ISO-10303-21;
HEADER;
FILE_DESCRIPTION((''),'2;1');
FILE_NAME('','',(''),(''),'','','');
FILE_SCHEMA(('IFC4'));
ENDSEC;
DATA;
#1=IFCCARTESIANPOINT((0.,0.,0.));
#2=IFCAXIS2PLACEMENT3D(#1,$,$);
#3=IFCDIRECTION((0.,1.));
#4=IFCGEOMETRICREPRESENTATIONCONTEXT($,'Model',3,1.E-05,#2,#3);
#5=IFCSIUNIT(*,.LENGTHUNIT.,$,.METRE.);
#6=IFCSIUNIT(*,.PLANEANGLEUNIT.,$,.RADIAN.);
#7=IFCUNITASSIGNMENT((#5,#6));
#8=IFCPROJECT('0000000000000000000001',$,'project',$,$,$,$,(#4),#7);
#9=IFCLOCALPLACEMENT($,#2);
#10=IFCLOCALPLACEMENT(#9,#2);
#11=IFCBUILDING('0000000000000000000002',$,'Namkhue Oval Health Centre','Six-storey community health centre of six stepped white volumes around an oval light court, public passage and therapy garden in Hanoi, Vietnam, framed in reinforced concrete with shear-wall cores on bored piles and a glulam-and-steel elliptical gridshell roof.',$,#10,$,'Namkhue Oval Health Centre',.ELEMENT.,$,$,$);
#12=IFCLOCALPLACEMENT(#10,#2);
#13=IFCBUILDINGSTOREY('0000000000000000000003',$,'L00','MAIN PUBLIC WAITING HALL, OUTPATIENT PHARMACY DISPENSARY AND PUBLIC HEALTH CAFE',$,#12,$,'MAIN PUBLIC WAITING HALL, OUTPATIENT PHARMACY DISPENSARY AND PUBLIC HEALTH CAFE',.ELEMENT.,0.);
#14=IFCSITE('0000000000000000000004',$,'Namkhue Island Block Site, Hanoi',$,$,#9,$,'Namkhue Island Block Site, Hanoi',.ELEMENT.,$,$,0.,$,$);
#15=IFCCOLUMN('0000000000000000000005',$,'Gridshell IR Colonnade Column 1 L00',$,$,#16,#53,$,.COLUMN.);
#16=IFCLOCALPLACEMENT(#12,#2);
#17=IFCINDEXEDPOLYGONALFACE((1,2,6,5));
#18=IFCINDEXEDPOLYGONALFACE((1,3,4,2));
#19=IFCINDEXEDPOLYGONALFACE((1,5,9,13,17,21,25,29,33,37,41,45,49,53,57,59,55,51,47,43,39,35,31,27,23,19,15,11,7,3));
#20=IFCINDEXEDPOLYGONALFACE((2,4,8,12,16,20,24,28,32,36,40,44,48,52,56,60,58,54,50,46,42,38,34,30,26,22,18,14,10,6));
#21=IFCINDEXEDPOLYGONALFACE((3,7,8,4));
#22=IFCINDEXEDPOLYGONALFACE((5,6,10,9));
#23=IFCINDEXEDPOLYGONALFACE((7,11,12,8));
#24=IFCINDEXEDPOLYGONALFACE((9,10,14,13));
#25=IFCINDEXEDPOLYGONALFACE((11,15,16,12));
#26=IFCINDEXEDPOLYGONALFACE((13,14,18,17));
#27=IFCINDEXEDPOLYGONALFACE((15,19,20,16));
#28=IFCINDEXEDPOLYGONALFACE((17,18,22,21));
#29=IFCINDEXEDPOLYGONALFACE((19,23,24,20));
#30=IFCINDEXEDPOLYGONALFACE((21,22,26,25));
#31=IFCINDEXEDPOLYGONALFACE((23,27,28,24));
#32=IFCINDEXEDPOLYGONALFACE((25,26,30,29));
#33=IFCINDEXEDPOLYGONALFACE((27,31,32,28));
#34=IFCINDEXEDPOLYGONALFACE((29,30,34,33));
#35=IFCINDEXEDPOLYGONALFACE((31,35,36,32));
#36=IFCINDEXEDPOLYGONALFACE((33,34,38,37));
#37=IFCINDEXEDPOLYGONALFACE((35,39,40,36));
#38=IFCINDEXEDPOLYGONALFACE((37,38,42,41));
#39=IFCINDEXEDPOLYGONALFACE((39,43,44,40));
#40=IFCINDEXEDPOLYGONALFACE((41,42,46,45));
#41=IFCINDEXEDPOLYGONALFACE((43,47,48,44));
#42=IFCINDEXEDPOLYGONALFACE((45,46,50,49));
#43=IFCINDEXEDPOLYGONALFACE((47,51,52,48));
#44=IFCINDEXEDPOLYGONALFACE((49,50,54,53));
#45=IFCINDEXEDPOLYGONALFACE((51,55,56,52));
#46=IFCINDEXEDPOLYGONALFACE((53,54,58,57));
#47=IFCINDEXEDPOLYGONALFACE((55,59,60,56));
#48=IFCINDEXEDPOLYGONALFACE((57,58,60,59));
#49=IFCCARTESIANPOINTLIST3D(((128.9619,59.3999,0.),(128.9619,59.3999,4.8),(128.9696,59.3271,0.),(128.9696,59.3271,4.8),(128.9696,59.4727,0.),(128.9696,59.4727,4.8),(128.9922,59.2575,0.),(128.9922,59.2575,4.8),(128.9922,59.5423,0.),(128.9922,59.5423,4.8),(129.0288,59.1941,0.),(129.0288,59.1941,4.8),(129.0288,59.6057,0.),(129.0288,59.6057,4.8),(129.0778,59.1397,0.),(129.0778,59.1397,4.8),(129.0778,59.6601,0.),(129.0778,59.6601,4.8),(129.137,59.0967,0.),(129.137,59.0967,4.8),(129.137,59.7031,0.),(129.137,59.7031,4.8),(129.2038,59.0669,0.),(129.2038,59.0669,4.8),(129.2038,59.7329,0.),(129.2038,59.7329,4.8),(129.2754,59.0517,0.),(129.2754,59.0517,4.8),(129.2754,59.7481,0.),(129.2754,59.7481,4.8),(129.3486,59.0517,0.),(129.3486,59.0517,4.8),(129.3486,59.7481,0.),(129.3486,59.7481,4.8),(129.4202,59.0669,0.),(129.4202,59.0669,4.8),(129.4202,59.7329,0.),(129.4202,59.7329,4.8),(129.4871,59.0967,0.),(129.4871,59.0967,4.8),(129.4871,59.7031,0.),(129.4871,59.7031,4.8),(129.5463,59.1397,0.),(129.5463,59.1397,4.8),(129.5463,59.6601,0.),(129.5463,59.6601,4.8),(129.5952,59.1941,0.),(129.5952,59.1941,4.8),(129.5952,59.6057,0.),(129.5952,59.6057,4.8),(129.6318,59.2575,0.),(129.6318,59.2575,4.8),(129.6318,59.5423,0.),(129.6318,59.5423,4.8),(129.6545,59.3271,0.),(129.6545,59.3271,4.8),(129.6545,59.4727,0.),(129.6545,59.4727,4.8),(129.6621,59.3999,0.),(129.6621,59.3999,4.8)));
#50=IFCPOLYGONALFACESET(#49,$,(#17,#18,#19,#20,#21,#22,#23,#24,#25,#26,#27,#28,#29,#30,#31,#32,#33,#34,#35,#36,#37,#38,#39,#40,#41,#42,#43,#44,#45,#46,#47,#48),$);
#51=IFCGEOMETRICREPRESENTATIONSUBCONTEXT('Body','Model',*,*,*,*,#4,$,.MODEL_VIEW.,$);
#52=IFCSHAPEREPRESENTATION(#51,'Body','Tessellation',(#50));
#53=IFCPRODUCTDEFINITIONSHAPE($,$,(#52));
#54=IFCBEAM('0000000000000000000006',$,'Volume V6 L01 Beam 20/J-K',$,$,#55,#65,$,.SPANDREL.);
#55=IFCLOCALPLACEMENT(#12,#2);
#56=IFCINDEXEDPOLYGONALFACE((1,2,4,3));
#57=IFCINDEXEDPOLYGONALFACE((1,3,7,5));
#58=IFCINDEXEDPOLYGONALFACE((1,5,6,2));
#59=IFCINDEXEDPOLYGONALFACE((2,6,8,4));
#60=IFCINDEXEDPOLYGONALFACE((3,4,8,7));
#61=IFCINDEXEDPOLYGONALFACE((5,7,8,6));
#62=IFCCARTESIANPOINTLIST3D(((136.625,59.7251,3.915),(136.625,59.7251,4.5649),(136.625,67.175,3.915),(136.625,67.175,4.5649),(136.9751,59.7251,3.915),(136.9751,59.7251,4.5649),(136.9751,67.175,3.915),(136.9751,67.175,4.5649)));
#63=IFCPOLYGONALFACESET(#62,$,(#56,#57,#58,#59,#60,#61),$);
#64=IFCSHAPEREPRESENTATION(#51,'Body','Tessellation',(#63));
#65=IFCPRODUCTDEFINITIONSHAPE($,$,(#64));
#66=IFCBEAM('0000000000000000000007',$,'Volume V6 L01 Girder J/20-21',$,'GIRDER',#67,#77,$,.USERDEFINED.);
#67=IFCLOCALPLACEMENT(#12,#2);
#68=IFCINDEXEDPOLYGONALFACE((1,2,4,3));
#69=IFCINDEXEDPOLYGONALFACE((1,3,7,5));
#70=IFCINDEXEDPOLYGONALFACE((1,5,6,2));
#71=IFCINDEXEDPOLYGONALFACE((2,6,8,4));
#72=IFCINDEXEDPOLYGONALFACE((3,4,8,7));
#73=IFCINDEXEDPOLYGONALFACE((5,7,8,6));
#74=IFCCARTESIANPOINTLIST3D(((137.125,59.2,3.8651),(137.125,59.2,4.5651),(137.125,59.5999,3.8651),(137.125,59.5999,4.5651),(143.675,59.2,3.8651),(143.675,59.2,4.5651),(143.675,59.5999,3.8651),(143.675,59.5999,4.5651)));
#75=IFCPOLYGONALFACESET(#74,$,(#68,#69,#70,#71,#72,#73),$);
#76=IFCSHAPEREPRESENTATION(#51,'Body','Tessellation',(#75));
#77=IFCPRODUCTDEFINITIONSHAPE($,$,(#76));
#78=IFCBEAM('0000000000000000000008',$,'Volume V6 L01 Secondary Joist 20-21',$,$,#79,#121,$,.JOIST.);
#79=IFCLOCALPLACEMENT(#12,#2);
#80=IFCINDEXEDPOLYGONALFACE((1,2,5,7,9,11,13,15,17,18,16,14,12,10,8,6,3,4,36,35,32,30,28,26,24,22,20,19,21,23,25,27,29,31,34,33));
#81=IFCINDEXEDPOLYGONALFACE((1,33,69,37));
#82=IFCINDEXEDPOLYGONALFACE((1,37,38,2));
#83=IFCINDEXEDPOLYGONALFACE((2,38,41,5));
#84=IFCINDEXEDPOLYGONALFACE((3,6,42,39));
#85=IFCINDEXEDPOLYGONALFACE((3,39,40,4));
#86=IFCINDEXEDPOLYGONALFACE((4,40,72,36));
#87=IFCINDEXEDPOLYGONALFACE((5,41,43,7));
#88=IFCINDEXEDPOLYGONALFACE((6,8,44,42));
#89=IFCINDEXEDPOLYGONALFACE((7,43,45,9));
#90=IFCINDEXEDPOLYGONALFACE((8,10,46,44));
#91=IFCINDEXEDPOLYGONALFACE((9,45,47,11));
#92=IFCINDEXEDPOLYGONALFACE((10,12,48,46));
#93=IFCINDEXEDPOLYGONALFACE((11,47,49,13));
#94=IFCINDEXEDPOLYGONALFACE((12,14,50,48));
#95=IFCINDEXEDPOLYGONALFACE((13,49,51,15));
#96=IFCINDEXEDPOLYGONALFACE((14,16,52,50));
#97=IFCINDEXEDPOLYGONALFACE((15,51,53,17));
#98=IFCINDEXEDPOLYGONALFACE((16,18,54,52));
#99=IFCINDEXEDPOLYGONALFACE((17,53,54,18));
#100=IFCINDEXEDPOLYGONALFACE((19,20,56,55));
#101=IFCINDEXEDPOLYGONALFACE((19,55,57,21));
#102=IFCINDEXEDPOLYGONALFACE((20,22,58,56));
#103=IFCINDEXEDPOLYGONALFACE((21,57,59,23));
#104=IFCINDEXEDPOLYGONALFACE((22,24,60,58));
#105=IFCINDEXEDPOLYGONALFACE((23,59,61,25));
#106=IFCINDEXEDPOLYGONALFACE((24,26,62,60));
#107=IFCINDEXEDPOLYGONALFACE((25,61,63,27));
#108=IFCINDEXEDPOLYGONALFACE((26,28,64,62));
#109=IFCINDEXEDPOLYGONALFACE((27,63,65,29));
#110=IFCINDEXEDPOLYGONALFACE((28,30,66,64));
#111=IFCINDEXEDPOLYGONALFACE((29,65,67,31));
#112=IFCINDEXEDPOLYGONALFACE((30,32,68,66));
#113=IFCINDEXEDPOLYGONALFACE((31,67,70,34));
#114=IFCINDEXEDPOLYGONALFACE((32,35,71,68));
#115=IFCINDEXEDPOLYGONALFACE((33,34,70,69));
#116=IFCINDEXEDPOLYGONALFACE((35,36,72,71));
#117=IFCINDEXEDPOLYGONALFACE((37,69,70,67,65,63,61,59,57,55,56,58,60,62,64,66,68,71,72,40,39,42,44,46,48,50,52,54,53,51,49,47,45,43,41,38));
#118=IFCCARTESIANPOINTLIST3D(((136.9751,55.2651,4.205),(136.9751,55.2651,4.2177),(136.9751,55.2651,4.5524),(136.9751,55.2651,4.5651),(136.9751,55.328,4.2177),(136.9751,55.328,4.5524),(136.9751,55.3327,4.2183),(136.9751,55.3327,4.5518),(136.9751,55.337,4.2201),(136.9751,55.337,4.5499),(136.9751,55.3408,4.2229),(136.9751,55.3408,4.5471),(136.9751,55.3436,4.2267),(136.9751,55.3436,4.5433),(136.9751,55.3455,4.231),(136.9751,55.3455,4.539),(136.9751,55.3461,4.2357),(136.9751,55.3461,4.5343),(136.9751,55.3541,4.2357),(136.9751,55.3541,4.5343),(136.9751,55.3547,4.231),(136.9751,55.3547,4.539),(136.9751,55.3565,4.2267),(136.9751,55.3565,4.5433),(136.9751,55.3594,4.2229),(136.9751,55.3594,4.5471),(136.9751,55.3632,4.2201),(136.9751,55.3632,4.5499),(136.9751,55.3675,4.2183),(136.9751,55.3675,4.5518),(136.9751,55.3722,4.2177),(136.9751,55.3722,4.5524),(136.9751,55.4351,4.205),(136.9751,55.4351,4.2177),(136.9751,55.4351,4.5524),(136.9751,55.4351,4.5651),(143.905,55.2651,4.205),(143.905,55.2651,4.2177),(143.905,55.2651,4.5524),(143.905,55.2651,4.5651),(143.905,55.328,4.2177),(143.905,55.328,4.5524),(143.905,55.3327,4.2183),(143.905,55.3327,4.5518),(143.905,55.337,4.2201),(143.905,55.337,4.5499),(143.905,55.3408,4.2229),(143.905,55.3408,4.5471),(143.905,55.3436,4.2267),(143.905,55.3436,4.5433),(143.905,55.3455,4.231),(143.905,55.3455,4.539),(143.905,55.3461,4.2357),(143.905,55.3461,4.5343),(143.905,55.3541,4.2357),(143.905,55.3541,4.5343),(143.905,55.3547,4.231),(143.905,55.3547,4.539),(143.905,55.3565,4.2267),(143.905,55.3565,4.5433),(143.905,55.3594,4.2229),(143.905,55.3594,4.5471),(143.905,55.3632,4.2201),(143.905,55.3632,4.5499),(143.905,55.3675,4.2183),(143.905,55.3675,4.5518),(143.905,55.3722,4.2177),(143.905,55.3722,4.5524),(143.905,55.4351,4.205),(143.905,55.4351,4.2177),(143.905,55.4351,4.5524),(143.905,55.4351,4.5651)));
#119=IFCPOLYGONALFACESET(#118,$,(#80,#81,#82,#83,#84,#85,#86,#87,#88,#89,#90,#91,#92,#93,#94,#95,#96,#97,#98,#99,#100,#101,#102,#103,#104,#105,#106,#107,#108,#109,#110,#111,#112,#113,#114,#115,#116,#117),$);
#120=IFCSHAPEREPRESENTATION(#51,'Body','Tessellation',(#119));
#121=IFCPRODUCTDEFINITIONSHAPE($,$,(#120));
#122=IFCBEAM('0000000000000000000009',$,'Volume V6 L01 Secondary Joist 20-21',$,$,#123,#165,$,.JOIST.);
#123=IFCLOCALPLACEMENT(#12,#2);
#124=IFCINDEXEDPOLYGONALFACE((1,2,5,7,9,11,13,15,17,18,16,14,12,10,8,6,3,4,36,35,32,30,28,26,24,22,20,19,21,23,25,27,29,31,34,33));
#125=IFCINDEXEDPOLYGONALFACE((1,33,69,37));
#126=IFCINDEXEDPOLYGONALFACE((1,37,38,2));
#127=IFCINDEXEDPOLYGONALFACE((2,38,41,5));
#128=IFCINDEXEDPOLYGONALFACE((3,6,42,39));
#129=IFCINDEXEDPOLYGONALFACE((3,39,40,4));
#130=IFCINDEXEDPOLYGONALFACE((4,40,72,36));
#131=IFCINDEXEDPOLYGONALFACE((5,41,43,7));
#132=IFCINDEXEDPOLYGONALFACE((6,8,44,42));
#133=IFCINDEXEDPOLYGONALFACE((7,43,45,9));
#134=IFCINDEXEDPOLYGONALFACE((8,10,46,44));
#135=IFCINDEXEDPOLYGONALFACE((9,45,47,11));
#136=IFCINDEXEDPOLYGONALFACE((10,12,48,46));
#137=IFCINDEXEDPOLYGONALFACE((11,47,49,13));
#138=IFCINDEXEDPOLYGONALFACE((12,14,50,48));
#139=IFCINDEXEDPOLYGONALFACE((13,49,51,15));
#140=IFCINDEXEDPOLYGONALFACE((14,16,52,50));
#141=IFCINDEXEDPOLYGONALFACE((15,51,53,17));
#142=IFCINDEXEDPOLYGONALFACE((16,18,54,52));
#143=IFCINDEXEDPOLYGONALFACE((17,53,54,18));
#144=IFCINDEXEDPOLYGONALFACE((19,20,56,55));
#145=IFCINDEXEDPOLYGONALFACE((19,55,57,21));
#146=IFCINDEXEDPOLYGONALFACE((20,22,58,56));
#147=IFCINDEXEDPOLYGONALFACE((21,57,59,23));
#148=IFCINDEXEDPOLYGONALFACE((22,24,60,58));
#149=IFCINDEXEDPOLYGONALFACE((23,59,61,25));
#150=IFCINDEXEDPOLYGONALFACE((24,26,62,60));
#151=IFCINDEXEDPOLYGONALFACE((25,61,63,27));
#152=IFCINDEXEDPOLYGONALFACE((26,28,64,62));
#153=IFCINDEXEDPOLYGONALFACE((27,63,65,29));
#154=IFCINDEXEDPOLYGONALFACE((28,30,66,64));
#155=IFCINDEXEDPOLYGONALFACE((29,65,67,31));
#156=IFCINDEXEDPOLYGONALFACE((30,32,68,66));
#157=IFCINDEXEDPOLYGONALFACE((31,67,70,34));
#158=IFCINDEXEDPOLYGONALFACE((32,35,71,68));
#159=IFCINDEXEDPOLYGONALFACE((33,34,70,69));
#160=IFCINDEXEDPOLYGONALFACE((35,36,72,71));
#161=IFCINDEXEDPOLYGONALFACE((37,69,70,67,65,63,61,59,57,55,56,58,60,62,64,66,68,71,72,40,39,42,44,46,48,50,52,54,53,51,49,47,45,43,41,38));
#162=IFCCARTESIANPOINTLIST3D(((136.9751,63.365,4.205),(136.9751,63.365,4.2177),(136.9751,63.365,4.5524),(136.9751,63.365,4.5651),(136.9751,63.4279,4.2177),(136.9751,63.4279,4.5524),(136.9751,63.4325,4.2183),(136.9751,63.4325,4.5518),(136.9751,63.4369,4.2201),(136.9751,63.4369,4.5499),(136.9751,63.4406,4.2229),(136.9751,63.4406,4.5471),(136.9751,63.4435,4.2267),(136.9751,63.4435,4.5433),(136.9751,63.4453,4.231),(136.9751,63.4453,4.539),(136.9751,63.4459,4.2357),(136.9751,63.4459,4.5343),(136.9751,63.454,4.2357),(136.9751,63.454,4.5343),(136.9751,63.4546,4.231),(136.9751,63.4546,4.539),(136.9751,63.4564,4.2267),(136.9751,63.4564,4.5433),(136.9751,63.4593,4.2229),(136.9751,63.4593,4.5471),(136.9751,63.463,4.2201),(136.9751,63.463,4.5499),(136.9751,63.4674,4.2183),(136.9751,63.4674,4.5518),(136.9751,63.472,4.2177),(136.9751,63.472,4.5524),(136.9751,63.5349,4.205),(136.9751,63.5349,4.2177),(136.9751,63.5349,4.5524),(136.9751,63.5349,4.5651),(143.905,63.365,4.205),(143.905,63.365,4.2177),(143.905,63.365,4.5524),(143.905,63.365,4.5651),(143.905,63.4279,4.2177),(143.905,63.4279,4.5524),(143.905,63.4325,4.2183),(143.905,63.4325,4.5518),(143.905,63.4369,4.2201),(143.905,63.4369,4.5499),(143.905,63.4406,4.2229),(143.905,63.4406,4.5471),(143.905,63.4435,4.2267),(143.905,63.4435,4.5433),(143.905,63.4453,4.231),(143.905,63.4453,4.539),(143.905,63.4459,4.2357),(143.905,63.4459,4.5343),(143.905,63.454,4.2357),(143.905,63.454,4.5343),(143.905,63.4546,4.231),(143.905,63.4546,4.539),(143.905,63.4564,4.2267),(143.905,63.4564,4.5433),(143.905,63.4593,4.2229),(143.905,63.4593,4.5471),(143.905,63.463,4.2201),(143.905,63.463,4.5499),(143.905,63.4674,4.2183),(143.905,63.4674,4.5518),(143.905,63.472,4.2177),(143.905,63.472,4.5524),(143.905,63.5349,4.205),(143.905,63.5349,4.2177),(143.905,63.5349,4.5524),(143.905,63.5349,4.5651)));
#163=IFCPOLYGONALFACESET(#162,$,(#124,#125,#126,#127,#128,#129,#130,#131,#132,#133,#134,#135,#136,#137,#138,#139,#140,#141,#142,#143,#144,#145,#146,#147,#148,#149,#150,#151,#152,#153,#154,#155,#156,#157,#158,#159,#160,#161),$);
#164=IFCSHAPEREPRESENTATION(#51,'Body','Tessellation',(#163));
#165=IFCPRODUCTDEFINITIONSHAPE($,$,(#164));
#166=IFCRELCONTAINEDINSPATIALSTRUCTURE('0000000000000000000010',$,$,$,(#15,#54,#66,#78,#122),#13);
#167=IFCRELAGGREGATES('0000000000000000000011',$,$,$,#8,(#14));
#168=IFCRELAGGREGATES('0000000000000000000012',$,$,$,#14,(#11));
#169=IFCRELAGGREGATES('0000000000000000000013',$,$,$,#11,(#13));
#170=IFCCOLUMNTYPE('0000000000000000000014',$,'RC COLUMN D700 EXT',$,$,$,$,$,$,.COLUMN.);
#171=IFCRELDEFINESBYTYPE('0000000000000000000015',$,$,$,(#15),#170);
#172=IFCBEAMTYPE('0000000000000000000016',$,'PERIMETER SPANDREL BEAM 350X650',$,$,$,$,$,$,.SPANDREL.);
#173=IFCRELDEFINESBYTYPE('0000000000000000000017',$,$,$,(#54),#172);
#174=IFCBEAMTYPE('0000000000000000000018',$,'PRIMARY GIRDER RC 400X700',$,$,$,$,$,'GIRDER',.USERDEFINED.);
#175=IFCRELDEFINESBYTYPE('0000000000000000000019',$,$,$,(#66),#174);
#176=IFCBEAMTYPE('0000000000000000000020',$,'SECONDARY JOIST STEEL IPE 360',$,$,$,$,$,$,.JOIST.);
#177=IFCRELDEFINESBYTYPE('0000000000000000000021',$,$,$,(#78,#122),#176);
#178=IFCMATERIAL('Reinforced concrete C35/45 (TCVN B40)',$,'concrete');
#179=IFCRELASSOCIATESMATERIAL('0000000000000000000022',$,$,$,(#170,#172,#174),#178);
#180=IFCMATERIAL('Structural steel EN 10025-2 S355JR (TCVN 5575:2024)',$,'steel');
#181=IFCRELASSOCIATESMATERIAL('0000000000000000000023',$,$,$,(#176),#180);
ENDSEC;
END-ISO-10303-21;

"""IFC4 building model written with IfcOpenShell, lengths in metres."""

from ifc_helpers import new_model, si_unit, direction, frame, origin, origin_2d, place, context, subcontext, project, spatial, rectangle, circle, i_section, extrude, material, material_profile, profile_set, type_object, element, save


model = new_model("IFC4")

# Units and contexts
model_context = context("Model", 3, precision=1e-05, world=origin(), true_north=direction((0.0, 1.0)))
body_context = subcontext(model_context, "Body", "Model", "MODEL_VIEW")
ifc_project = project(units=[si_unit("LENGTHUNIT", "METRE"), si_unit("PLANEANGLEUNIT", "RADIAN")], contexts=[model_context])

# Site, building, storey
site_placement = place(None, origin())
site = spatial("IfcSite", under=ifc_project, at=site_placement, Name="Namkhue Island Block Site, Hanoi", LongName="Namkhue Island Block Site, Hanoi", CompositionType="ELEMENT", RefElevation=0.0)
building_placement = place(site_placement, origin())
building = spatial("IfcBuilding", under=site, at=building_placement, Name="Namkhue Oval Health Centre", Description="Six-storey community health centre of six stepped white volumes around an oval light court, public passage and therapy garden in Hanoi, Vietnam, framed in reinforced concrete with shear-wall cores on bored piles and a glulam-and-steel elliptical gridshell roof.", LongName="Namkhue Oval Health Centre", CompositionType="ELEMENT")
storey_placement = place(building_placement, origin())
storey = spatial("IfcBuildingStorey", under=building, at=storey_placement, Name="L00", Description="MAIN PUBLIC WAITING HALL, OUTPATIENT PHARMACY DISPENSARY AND PUBLIC HEALTH CAFE", LongName="MAIN PUBLIC WAITING HALL, OUTPATIENT PHARMACY DISPENSARY AND PUBLIC HEALTH CAFE", CompositionType="ELEMENT", Elevation=0.0)

# Column
ifc_material_1 = material(Name="Reinforced concrete C35/45 (TCVN B40)", Category="concrete")
ifc_material_profile_1 = material_profile(ifc_material_1, circle(Radius=0.3501, at=origin_2d()), Name="RC D700")
ifc_profile_set_1 = profile_set([ifc_material_profile_1], Name="Reinforced concrete C35/45 (TCVN B40)")
column_type_1 = type_object("IfcColumnType", Name="RC COLUMN D700 EXT", PredefinedType="COLUMN", material=ifc_profile_set_1)
column_1_placement = place(storey_placement, frame((129.312, 59.3999, 0.0), z_axis=(0.0, 0.0, 1.0), x_axis=(1.0, 0.0, 0.0)))
element("IfcColumn", 1, at=column_1_placement, inside=storey, type_object=column_type_1, Name="Gridshell IR Colonnade Column 1 L00", PredefinedType="COLUMN", context=body_context, shape_type="SweptSolid", body=[
    extrude(circle(Radius=0.3501, at=origin_2d()), origin(), (0.0, 0.0, 1.0), 4.8),
])

# Beams
ifc_material_profile_2 = material_profile(ifc_material_1, rectangle(XDim=0.3501, YDim=0.6499, at=origin_2d()), Name="RC 350x650")
ifc_profile_set_2 = profile_set([ifc_material_profile_2], Name="Reinforced concrete C35/45 (TCVN B40)")
beam_type_1 = type_object("IfcBeamType", Name="PERIMETER SPANDREL BEAM 350X650", PredefinedType="SPANDREL", material=ifc_profile_set_2)
beam_1_placement = place(storey_placement, frame((136.8, 59.7251, 4.24), z_axis=(0.0, 1.0, 0.0), x_axis=(-1.0, 0.0, 0.0)))
element("IfcBeam", 2, at=beam_1_placement, inside=storey, type_object=beam_type_1, Name="Volume V6 L01 Beam 20/J-K", PredefinedType="SPANDREL", context=body_context, shape_type="SweptSolid", body=[
    extrude(rectangle(XDim=0.3501, YDim=0.6499, at=origin_2d()), origin(), (0.0, 0.0, 1.0), 7.45),
])
ifc_material_profile_3 = material_profile(ifc_material_1, rectangle(XDim=0.3999, YDim=0.7, at=origin_2d()), Name="RC 400x700")
ifc_profile_set_3 = profile_set([ifc_material_profile_3], Name="Reinforced concrete C35/45 (TCVN B40)")
beam_type_2 = type_object("IfcBeamType", Name="PRIMARY GIRDER RC 400X700", ElementType="GIRDER", PredefinedType="USERDEFINED", material=ifc_profile_set_3)
beam_2_placement = place(storey_placement, frame((137.125, 59.3999, 4.2151), z_axis=(1.0, 0.0, 0.0), x_axis=(0.0, 1.0, 0.0)))
element("IfcBeam", 3, at=beam_2_placement, inside=storey, type_object=beam_type_2, Name="Volume V6 L01 Girder J/20-21", ObjectType="GIRDER", PredefinedType="USERDEFINED", context=body_context, shape_type="SweptSolid", body=[
    extrude(rectangle(XDim=0.3999, YDim=0.7, at=origin_2d()), origin(), (0.0, 0.0, 1.0), 6.55),
])
ifc_material_2 = material(Name="Structural steel EN 10025-2 S355JR (TCVN 5575:2024)", Category="steel")
ifc_material_profile_4 = material_profile(ifc_material_2, i_section(OverallWidth=0.1699, OverallDepth=0.3601, WebThickness=0.0081, FlangeThickness=0.0127, FilletRadius=0.0181, at=origin_2d()), Name="IPE 360")
ifc_profile_set_4 = profile_set([ifc_material_profile_4], Name="Structural steel EN 10025-2 S355JR (TCVN 5575:2024)")
beam_type_3 = type_object("IfcBeamType", Name="SECONDARY JOIST STEEL IPE 360", PredefinedType="JOIST", material=ifc_profile_set_4)
for number, where, z_axis, x_axis, name in (
    (4, (136.9751, 55.3501, 4.385), (1.0, 0.0, 0.0), (0.0, 1.0, 0.0), "Volume V6 L01 Secondary Joist 20-21"),
    (5, (136.9751, 63.45, 4.385), (1.0, 0.0, 0.0), (0.0, 1.0, 0.0), "Volume V6 L01 Secondary Joist 20-21"),
):
    element("IfcBeam", number, at=place(storey_placement, frame(where, z_axis=z_axis, x_axis=x_axis)), inside=storey, type_object=beam_type_3, Name=name, PredefinedType="JOIST", context=body_context, shape_type="SweptSolid", body=[
        extrude(i_section(OverallWidth=0.1699, OverallDepth=0.3601, WebThickness=0.0081, FlangeThickness=0.0127, FilletRadius=0.0181, at=origin_2d()), origin(), (0.0, 0.0, 1.0), 6.9299),
    ])

save(model, "model.ifc")
